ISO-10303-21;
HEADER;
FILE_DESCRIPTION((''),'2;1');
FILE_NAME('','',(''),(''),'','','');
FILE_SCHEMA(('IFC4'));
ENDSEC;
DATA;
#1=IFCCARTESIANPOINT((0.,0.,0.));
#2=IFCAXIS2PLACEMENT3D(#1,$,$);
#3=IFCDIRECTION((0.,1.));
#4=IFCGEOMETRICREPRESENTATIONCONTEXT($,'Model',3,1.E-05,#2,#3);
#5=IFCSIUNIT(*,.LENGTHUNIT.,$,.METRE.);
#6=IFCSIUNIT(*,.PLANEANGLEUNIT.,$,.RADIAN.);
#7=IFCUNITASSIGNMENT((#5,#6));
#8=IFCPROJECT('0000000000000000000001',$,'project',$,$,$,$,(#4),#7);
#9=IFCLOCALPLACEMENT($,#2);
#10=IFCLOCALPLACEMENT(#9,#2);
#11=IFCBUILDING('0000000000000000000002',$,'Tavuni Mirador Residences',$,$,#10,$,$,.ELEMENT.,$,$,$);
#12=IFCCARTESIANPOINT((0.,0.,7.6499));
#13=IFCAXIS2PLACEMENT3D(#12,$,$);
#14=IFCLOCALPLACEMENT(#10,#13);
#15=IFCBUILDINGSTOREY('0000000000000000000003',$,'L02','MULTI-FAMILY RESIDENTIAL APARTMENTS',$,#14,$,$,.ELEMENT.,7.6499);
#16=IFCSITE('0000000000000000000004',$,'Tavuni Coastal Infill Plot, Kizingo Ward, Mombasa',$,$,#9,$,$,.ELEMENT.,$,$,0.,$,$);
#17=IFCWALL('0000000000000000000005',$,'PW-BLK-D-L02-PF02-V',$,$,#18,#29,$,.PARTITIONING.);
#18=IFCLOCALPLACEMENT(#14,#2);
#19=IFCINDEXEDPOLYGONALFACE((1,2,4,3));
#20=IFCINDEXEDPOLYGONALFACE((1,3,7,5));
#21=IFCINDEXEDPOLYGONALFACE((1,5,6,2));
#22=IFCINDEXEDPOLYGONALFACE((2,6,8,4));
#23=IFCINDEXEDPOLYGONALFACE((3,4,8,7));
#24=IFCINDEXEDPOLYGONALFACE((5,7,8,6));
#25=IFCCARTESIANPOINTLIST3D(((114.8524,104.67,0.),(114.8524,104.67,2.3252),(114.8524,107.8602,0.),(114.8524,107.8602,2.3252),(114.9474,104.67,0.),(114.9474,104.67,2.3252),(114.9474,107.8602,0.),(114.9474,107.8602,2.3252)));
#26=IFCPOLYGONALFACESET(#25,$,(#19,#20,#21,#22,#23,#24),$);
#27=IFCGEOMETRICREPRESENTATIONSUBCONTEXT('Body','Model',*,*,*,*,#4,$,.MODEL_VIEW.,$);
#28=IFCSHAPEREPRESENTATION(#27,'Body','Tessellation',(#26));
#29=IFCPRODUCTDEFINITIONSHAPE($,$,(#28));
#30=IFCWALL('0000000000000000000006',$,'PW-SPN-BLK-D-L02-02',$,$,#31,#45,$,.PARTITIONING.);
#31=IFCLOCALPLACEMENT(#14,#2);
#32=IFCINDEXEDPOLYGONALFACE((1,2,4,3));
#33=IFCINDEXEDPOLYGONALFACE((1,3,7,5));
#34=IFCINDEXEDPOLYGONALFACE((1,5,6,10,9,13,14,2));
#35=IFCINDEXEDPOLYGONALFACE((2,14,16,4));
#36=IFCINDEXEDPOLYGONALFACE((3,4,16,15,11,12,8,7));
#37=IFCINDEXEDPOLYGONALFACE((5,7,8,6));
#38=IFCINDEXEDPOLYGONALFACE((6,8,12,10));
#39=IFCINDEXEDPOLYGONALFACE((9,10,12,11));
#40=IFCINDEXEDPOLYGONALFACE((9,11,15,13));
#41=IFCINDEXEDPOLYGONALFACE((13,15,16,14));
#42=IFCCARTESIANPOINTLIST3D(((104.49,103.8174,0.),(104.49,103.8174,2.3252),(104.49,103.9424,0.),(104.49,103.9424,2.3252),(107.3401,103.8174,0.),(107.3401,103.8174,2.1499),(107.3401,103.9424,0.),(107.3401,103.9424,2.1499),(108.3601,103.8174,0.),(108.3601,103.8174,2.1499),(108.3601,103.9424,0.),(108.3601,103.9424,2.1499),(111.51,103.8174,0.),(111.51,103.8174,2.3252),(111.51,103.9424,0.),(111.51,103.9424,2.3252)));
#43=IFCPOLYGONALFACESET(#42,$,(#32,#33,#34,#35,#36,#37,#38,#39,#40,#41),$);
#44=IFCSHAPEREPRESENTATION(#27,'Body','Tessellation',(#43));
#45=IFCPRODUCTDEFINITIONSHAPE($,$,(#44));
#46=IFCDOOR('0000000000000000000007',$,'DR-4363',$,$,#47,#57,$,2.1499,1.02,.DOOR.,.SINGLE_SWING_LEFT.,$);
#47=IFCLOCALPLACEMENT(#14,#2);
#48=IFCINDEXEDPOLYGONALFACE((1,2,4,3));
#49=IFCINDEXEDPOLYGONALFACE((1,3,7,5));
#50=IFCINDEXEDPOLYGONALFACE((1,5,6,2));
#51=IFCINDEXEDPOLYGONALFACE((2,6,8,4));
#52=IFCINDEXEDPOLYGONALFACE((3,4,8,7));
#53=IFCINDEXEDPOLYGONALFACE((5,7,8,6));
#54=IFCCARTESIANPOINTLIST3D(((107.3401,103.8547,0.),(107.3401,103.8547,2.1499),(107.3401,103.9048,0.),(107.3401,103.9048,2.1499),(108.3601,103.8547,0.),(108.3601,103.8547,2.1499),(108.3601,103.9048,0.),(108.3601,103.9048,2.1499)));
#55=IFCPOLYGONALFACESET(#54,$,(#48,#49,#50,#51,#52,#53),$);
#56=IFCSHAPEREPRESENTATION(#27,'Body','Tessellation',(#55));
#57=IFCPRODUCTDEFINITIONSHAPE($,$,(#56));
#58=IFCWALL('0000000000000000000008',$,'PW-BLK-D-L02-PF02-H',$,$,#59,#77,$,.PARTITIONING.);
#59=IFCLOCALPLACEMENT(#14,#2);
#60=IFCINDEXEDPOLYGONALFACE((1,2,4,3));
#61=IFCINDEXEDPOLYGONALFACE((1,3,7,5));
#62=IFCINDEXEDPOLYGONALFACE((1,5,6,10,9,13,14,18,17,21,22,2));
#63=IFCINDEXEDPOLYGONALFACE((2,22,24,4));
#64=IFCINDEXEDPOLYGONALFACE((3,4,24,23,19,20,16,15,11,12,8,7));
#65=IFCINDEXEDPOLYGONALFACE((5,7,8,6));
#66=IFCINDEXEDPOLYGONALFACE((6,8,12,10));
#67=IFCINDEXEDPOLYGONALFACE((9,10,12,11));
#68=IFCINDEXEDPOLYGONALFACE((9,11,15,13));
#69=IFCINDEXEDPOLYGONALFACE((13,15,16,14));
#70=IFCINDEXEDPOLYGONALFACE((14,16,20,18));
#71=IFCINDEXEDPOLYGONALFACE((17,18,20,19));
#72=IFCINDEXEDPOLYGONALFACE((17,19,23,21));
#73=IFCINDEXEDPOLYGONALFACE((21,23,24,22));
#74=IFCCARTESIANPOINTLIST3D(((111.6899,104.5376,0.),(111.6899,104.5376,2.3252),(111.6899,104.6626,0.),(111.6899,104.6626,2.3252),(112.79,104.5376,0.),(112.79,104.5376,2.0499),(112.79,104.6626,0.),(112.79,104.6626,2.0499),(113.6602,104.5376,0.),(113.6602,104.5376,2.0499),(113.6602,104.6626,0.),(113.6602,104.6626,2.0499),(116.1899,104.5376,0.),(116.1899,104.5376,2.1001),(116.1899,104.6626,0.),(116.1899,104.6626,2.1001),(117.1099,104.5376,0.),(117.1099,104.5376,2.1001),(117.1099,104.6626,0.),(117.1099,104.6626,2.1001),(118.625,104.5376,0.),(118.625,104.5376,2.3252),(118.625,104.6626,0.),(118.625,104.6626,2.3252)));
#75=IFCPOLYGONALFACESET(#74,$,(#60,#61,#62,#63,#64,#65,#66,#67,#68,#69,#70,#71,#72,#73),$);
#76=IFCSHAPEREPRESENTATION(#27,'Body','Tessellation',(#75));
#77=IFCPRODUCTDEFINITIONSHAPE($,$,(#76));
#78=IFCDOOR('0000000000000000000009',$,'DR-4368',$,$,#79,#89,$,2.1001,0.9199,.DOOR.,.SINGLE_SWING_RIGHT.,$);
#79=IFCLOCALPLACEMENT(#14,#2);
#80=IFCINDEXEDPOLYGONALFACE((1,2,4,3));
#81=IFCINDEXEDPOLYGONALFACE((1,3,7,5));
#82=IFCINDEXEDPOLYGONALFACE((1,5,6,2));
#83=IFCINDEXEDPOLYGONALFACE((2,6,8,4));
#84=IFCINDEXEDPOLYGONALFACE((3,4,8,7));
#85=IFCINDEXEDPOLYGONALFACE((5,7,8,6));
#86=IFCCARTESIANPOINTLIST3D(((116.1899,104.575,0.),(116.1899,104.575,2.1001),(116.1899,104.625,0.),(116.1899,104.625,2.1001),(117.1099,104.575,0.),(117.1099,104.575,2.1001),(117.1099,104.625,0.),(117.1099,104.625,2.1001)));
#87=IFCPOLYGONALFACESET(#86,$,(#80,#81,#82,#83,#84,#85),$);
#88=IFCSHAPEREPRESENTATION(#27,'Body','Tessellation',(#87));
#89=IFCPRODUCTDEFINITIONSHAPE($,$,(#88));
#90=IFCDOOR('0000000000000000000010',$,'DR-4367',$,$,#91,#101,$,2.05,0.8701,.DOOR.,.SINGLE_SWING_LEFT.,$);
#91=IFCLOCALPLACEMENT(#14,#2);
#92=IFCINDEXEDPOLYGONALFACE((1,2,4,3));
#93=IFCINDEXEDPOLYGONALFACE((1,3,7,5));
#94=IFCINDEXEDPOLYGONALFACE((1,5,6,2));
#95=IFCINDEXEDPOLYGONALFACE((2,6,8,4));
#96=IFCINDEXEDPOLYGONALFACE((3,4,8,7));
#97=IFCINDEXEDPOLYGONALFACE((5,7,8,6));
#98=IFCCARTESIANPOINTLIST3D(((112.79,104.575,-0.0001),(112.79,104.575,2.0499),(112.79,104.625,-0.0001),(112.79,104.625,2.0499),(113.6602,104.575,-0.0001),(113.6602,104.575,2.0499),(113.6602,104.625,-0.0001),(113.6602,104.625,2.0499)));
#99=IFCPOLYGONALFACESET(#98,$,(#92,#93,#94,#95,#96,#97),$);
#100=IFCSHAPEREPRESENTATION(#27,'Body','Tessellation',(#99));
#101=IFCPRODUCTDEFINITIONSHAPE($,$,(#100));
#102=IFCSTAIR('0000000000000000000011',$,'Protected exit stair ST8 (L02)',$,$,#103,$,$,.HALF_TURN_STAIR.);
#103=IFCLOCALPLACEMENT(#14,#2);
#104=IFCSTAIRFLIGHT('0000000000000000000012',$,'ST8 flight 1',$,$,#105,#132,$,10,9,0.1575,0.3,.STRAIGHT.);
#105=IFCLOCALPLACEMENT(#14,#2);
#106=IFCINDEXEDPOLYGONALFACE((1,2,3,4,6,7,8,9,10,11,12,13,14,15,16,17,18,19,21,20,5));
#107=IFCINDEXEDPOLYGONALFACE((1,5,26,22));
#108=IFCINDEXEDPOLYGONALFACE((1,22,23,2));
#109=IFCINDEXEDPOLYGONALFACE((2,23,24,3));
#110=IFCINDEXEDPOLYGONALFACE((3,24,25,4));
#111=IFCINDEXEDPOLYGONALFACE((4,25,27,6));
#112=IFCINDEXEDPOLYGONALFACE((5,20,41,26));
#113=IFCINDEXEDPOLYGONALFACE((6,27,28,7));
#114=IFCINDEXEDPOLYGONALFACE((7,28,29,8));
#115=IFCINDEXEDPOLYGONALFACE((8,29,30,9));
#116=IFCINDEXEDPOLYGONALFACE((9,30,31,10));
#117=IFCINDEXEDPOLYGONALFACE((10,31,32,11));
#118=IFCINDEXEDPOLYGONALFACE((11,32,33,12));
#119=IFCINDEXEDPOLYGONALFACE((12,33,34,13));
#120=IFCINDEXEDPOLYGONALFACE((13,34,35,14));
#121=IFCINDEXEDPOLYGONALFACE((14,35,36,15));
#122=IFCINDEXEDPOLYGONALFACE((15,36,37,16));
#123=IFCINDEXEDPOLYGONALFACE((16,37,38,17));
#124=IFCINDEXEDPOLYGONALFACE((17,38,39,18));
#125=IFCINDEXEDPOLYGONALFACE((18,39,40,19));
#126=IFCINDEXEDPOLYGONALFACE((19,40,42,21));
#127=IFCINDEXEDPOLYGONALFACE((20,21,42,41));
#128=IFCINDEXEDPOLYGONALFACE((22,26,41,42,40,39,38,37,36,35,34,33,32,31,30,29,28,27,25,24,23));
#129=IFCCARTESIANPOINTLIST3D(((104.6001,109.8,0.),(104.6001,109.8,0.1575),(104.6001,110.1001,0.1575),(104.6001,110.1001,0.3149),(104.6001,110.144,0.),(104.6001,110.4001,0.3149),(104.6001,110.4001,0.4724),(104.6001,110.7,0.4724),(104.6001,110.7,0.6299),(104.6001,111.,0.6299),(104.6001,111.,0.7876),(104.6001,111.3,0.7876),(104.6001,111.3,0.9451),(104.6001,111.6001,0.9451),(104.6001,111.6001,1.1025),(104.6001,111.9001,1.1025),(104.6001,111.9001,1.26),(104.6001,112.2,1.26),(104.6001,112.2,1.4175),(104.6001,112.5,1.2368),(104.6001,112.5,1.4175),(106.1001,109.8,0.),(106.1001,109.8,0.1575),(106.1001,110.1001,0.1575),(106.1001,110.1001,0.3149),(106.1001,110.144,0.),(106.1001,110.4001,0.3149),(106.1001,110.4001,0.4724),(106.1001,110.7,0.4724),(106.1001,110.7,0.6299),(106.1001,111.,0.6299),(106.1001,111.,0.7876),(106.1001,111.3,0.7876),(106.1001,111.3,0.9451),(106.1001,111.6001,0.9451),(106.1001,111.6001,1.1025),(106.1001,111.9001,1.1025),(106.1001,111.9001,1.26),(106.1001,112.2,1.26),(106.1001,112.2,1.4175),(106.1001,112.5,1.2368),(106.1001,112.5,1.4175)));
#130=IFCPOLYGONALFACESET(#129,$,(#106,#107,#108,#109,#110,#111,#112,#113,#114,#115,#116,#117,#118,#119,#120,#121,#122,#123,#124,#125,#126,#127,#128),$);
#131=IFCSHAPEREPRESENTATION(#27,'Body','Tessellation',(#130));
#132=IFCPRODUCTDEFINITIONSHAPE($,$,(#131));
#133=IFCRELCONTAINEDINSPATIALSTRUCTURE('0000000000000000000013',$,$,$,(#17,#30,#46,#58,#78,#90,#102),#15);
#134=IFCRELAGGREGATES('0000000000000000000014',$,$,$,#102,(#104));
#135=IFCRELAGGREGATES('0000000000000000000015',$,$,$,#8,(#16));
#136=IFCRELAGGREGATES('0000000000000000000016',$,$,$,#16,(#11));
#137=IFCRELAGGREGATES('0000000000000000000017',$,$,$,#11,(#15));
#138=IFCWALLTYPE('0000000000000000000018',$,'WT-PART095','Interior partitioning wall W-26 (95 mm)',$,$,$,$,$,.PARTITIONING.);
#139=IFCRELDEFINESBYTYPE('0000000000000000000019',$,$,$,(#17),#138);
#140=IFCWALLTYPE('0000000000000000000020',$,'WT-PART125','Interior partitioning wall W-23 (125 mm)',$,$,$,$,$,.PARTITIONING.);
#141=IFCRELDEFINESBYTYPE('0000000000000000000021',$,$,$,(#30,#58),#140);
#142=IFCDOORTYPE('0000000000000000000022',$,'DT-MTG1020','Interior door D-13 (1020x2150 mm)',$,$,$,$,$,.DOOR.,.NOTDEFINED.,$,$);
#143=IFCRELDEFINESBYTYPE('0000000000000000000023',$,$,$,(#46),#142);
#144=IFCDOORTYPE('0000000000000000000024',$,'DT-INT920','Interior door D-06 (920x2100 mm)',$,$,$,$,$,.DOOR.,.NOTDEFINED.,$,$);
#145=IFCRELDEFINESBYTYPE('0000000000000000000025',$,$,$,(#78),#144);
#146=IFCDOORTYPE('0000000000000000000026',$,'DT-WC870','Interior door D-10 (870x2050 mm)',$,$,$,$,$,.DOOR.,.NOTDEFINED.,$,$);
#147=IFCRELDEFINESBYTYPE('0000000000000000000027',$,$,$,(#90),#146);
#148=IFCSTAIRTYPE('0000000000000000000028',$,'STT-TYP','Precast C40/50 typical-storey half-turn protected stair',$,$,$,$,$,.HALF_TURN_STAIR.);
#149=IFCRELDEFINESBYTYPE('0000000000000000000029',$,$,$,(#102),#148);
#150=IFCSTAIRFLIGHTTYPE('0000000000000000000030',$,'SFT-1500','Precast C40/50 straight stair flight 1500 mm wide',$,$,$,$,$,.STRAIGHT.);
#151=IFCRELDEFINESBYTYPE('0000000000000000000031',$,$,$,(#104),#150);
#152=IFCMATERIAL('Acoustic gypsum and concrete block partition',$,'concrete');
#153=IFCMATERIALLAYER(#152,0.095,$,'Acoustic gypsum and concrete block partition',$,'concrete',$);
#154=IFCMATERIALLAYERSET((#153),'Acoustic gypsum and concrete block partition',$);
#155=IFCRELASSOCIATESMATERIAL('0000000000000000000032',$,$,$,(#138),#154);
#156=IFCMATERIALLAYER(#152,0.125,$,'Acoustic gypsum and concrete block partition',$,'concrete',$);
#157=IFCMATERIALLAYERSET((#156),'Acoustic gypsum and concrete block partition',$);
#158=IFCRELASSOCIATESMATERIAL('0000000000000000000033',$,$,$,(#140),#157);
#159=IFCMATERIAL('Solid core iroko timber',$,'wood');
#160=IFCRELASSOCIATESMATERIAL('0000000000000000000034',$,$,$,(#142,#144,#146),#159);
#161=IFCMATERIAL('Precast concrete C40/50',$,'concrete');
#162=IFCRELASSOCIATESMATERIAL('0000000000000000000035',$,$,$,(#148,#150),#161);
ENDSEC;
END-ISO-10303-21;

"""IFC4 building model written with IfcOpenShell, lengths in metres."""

from ifc_helpers import new_model, si_unit, direction, frame, frame_2d, origin, place, context, subcontext, project, spatial, polyline, rectangle, outline, extrude, material, layer, layer_set, type_object, element, fill, aggregate, save


model = new_model("IFC4")

# Units and contexts
model_context = context("Model", 3, precision=1e-05, world=origin(), true_north=direction((0.0, 1.0)))
body_context = subcontext(model_context, "Body", "Model", "MODEL_VIEW")
ifc_project = project(units=[si_unit("LENGTHUNIT", "METRE"), si_unit("PLANEANGLEUNIT", "RADIAN")], contexts=[model_context])

# Site, building, storey
site_placement = place(None, origin())
site = spatial("IfcSite", under=ifc_project, at=site_placement, Name="Tavuni Coastal Infill Plot, Kizingo Ward, Mombasa", CompositionType="ELEMENT", RefElevation=0.0)
building_placement = place(site_placement, origin())
building = spatial("IfcBuilding", under=site, at=building_placement, Name="Tavuni Mirador Residences", CompositionType="ELEMENT")
storey_placement = place(building_placement, frame((0.0, 0.0, 7.6499)))
storey = spatial("IfcBuildingStorey", under=building, at=storey_placement, Name="L02", Description="MULTI-FAMILY RESIDENTIAL APARTMENTS", CompositionType="ELEMENT", Elevation=7.6499)

# Shared definitions
ifc_material_1 = material(Name="Precast concrete C40/50", Category="concrete")

# Shared definitions
ifc_material_2 = material(Name="Solid core iroko timber", Category="wood")

# Wall
ifc_material_3 = material(Name="Acoustic gypsum and concrete block partition", Category="concrete")
ifc_layer_1 = layer(ifc_material_3, 0.095, Name="Acoustic gypsum and concrete block partition", Category="concrete")
ifc_layer_set_1 = layer_set([ifc_layer_1], Name="Acoustic gypsum and concrete block partition")
wall_type_1 = type_object("IfcWallType", Name="WT-PART095", Description="Interior partitioning wall W-26 (95 mm)", PredefinedType="PARTITIONING", material=ifc_layer_set_1)
wall_1_placement = place(storey_placement, frame((114.8999, 104.6699, 0.0), z_axis=(0.0, 0.0, 1.0), x_axis=(0.0, 1.0, 0.0)))
element("IfcWall", 1, at=wall_1_placement, inside=storey, type_object=wall_type_1, Name="PW-BLK-D-L02-PF02-V", PredefinedType="PARTITIONING", context=body_context, shape_type="SweptSolid", body=[
    extrude(rectangle(XDim=3.1902, YDim=0.095, at=frame_2d((1.5952, 0.0))), origin(), (0.0, 0.0, 1.0), 2.3252),
])

# Wall, opening, door
ifc_layer_2 = layer(ifc_material_3, 0.125, Name="Acoustic gypsum and concrete block partition", Category="concrete")
ifc_layer_set_2 = layer_set([ifc_layer_2], Name="Acoustic gypsum and concrete block partition")
wall_type_2 = type_object("IfcWallType", Name="WT-PART125", Description="Interior partitioning wall W-23 (125 mm)", PredefinedType="PARTITIONING", material=ifc_layer_set_2)
wall_2_placement = place(storey_placement, frame((104.49, 103.8799, 0.0), z_axis=(0.0, 0.0, 1.0), x_axis=(1.0, 0.0, 0.0)))
wall_2 = element("IfcWall", 2, at=wall_2_placement, inside=storey, type_object=wall_type_2, Name="PW-SPN-BLK-D-L02-02", PredefinedType="PARTITIONING", context=body_context, shape_type="SweptSolid", body=[
    extrude(rectangle(XDim=7.02, YDim=0.125, at=frame_2d((3.51, 0.0))), origin(), (0.0, 0.0, 1.0), 2.3252),
])
opening_1_placement = place(wall_2_placement, frame((2.8501, 0.0, 0.0)))
opening_1 = element("IfcOpeningElement", 3, at=opening_1_placement, cuts=wall_2, PredefinedType="OPENING", context=body_context, shape_type="SweptSolid", body=[
    extrude(rectangle(XDim=1.02, YDim=2.1499, at=frame_2d((0.51, 1.075))), frame((0.0, 0.0725, 0.0), z_axis=(0.0, -1.0, 0.0), x_axis=(1.0, 0.0, 0.0)), (0.0, 0.0, 1.0), 0.145),
])
door_type_1 = type_object("IfcDoorType", Name="DT-MTG1020", Description="Interior door D-13 (1020x2150 mm)", OperationType="NOTDEFINED", PredefinedType="DOOR", material=ifc_material_2)
door_1_placement = place(opening_1_placement, origin())
door_1 = element("IfcDoor", 4, at=door_1_placement, inside=storey, type_object=door_type_1, Name="DR-4363", OperationType="SINGLE_SWING_LEFT", OverallHeight=2.1499, OverallWidth=1.02, PredefinedType="DOOR", context=body_context, shape_type="SweptSolid", body=[
    extrude(rectangle(XDim=1.02, YDim=2.1499, at=frame_2d((0.51, 1.075))), frame((0.0, 0.0249, 0.0), z_axis=(0.0, -1.0, 0.0), x_axis=(1.0, 0.0, 0.0)), (0.0, 0.0, 1.0), 0.05),
])
fill(opening_1, door_1)

# Wall, openings, doors
wall_3_placement = place(storey_placement, frame((111.6899, 104.6001, 0.0), z_axis=(0.0, 0.0, 1.0), x_axis=(1.0, 0.0, 0.0)))
wall_3 = element("IfcWall", 5, at=wall_3_placement, inside=storey, type_object=wall_type_2, Name="PW-BLK-D-L02-PF02-H", PredefinedType="PARTITIONING", context=body_context, shape_type="SweptSolid", body=[
    extrude(rectangle(XDim=6.9351, YDim=0.125, at=frame_2d((3.4675, 0.0))), origin(), (0.0, 0.0, 1.0), 2.3252),
])
opening_2_placement = place(wall_3_placement, frame((1.1001, 0.0, 0.0)))
opening_2 = element("IfcOpeningElement", 6, at=opening_2_placement, cuts=wall_3, PredefinedType="OPENING", context=body_context, shape_type="SweptSolid", body=[
    extrude(rectangle(XDim=0.8701, YDim=2.05, at=frame_2d((0.4351, 1.0249))), frame((0.0, 0.0725, 0.0), z_axis=(0.0, -1.0, 0.0), x_axis=(1.0, 0.0, 0.0)), (0.0, 0.0, 1.0), 0.145),
])
opening_3_placement = place(wall_3_placement, frame((4.5, 0.0, 0.0)))
opening_3 = element("IfcOpeningElement", 7, at=opening_3_placement, cuts=wall_3, PredefinedType="OPENING", context=body_context, shape_type="SweptSolid", body=[
    extrude(rectangle(XDim=0.9199, YDim=2.1001, at=frame_2d((0.46, 1.05))), frame((0.0, 0.0725, 0.0), z_axis=(0.0, -1.0, 0.0), x_axis=(1.0, 0.0, 0.0)), (0.0, 0.0, 1.0), 0.145),
])
door_type_2 = type_object("IfcDoorType", Name="DT-INT920", Description="Interior door D-06 (920x2100 mm)", OperationType="NOTDEFINED", PredefinedType="DOOR", material=ifc_material_2)
door_2_placement = place(opening_3_placement, origin())
door_2 = element("IfcDoor", 8, at=door_2_placement, inside=storey, type_object=door_type_2, Name="DR-4368", OperationType="SINGLE_SWING_RIGHT", OverallHeight=2.1001, OverallWidth=0.9199, PredefinedType="DOOR", context=body_context, shape_type="SweptSolid", body=[
    extrude(rectangle(XDim=0.9199, YDim=2.1001, at=frame_2d((0.46, 1.05))), frame((0.0, 0.0249, 0.0), z_axis=(0.0, -1.0, 0.0), x_axis=(1.0, 0.0, 0.0)), (0.0, 0.0, 1.0), 0.05),
])
fill(opening_3, door_2)
door_type_3 = type_object("IfcDoorType", Name="DT-WC870", Description="Interior door D-10 (870x2050 mm)", OperationType="NOTDEFINED", PredefinedType="DOOR", material=ifc_material_2)
door_3_placement = place(opening_2_placement, origin())
door_3 = element("IfcDoor", 9, at=door_3_placement, inside=storey, type_object=door_type_3, Name="DR-4367", OperationType="SINGLE_SWING_LEFT", OverallHeight=2.05, OverallWidth=0.8701, PredefinedType="DOOR", context=body_context, shape_type="SweptSolid", body=[
    extrude(rectangle(XDim=0.8701, YDim=2.05, at=frame_2d((0.4351, 1.0249))), frame((0.0, 0.0249, 0.0), z_axis=(0.0, -1.0, 0.0), x_axis=(1.0, 0.0, 0.0)), (0.0, 0.0, 1.0), 0.05),
])
fill(opening_2, door_3)

# Stair, stair flight
stair_type = type_object("IfcStairType", Name="STT-TYP", Description="Precast C40/50 typical-storey half-turn protected stair", PredefinedType="HALF_TURN_STAIR", material=ifc_material_1)
stair_placement = place(storey_placement, origin())
stair = element("IfcStair", 10, at=stair_placement, inside=storey, type_object=stair_type, Name="Protected exit stair ST8 (L02)", PredefinedType="HALF_TURN_STAIR")
stair_flight_type = type_object("IfcStairFlightType", Name="SFT-1500", Description="Precast C40/50 straight stair flight 1500 mm wide", PredefinedType="STRAIGHT", material=ifc_material_1)
stair_flight_placement = place(storey_placement, frame((105.3501, 109.8, 0.0), z_axis=(0.0, 0.0, 1.0), x_axis=(0.0, 1.0, 0.0)))
stair_flight = element("IfcStairFlight", 11, at=stair_flight_placement, type_object=stair_flight_type, Name="ST8 flight 1", NumberOfRisers=10, NumberOfTreads=9, PredefinedType="STRAIGHT", RiserHeight=0.1575, TreadLength=0.3, context=body_context, shape_type="SweptSolid", body=[
    extrude(outline(polyline([(0.0, 0.0), (0.0, 0.1575), (0.3, 0.1575), (0.3, 0.3149), (0.6001, 0.3149), (0.6001, 0.4724), (0.8999, 0.4724), (0.8999, 0.6299), (1.2, 0.6299), (1.2, 0.7876), (1.5, 0.7876), (1.5, 0.9451), (1.8, 0.9451), (1.8, 1.1025), (2.1001, 1.1025), (2.1001, 1.26), (2.3999, 1.26), (2.3999, 1.4175), (2.7, 1.4175), (2.7, 1.575), (2.7, 1.2368), (0.344, 0.0), (0.0, 0.0)])), frame((0.0, 0.75, 0.0), z_axis=(0.0, -1.0, 0.0), x_axis=(1.0, 0.0, 0.0)), (0.0, 0.0, 1.0), 1.5),
])
aggregate(stair, [stair_flight])

save(model, "model.ifc")
